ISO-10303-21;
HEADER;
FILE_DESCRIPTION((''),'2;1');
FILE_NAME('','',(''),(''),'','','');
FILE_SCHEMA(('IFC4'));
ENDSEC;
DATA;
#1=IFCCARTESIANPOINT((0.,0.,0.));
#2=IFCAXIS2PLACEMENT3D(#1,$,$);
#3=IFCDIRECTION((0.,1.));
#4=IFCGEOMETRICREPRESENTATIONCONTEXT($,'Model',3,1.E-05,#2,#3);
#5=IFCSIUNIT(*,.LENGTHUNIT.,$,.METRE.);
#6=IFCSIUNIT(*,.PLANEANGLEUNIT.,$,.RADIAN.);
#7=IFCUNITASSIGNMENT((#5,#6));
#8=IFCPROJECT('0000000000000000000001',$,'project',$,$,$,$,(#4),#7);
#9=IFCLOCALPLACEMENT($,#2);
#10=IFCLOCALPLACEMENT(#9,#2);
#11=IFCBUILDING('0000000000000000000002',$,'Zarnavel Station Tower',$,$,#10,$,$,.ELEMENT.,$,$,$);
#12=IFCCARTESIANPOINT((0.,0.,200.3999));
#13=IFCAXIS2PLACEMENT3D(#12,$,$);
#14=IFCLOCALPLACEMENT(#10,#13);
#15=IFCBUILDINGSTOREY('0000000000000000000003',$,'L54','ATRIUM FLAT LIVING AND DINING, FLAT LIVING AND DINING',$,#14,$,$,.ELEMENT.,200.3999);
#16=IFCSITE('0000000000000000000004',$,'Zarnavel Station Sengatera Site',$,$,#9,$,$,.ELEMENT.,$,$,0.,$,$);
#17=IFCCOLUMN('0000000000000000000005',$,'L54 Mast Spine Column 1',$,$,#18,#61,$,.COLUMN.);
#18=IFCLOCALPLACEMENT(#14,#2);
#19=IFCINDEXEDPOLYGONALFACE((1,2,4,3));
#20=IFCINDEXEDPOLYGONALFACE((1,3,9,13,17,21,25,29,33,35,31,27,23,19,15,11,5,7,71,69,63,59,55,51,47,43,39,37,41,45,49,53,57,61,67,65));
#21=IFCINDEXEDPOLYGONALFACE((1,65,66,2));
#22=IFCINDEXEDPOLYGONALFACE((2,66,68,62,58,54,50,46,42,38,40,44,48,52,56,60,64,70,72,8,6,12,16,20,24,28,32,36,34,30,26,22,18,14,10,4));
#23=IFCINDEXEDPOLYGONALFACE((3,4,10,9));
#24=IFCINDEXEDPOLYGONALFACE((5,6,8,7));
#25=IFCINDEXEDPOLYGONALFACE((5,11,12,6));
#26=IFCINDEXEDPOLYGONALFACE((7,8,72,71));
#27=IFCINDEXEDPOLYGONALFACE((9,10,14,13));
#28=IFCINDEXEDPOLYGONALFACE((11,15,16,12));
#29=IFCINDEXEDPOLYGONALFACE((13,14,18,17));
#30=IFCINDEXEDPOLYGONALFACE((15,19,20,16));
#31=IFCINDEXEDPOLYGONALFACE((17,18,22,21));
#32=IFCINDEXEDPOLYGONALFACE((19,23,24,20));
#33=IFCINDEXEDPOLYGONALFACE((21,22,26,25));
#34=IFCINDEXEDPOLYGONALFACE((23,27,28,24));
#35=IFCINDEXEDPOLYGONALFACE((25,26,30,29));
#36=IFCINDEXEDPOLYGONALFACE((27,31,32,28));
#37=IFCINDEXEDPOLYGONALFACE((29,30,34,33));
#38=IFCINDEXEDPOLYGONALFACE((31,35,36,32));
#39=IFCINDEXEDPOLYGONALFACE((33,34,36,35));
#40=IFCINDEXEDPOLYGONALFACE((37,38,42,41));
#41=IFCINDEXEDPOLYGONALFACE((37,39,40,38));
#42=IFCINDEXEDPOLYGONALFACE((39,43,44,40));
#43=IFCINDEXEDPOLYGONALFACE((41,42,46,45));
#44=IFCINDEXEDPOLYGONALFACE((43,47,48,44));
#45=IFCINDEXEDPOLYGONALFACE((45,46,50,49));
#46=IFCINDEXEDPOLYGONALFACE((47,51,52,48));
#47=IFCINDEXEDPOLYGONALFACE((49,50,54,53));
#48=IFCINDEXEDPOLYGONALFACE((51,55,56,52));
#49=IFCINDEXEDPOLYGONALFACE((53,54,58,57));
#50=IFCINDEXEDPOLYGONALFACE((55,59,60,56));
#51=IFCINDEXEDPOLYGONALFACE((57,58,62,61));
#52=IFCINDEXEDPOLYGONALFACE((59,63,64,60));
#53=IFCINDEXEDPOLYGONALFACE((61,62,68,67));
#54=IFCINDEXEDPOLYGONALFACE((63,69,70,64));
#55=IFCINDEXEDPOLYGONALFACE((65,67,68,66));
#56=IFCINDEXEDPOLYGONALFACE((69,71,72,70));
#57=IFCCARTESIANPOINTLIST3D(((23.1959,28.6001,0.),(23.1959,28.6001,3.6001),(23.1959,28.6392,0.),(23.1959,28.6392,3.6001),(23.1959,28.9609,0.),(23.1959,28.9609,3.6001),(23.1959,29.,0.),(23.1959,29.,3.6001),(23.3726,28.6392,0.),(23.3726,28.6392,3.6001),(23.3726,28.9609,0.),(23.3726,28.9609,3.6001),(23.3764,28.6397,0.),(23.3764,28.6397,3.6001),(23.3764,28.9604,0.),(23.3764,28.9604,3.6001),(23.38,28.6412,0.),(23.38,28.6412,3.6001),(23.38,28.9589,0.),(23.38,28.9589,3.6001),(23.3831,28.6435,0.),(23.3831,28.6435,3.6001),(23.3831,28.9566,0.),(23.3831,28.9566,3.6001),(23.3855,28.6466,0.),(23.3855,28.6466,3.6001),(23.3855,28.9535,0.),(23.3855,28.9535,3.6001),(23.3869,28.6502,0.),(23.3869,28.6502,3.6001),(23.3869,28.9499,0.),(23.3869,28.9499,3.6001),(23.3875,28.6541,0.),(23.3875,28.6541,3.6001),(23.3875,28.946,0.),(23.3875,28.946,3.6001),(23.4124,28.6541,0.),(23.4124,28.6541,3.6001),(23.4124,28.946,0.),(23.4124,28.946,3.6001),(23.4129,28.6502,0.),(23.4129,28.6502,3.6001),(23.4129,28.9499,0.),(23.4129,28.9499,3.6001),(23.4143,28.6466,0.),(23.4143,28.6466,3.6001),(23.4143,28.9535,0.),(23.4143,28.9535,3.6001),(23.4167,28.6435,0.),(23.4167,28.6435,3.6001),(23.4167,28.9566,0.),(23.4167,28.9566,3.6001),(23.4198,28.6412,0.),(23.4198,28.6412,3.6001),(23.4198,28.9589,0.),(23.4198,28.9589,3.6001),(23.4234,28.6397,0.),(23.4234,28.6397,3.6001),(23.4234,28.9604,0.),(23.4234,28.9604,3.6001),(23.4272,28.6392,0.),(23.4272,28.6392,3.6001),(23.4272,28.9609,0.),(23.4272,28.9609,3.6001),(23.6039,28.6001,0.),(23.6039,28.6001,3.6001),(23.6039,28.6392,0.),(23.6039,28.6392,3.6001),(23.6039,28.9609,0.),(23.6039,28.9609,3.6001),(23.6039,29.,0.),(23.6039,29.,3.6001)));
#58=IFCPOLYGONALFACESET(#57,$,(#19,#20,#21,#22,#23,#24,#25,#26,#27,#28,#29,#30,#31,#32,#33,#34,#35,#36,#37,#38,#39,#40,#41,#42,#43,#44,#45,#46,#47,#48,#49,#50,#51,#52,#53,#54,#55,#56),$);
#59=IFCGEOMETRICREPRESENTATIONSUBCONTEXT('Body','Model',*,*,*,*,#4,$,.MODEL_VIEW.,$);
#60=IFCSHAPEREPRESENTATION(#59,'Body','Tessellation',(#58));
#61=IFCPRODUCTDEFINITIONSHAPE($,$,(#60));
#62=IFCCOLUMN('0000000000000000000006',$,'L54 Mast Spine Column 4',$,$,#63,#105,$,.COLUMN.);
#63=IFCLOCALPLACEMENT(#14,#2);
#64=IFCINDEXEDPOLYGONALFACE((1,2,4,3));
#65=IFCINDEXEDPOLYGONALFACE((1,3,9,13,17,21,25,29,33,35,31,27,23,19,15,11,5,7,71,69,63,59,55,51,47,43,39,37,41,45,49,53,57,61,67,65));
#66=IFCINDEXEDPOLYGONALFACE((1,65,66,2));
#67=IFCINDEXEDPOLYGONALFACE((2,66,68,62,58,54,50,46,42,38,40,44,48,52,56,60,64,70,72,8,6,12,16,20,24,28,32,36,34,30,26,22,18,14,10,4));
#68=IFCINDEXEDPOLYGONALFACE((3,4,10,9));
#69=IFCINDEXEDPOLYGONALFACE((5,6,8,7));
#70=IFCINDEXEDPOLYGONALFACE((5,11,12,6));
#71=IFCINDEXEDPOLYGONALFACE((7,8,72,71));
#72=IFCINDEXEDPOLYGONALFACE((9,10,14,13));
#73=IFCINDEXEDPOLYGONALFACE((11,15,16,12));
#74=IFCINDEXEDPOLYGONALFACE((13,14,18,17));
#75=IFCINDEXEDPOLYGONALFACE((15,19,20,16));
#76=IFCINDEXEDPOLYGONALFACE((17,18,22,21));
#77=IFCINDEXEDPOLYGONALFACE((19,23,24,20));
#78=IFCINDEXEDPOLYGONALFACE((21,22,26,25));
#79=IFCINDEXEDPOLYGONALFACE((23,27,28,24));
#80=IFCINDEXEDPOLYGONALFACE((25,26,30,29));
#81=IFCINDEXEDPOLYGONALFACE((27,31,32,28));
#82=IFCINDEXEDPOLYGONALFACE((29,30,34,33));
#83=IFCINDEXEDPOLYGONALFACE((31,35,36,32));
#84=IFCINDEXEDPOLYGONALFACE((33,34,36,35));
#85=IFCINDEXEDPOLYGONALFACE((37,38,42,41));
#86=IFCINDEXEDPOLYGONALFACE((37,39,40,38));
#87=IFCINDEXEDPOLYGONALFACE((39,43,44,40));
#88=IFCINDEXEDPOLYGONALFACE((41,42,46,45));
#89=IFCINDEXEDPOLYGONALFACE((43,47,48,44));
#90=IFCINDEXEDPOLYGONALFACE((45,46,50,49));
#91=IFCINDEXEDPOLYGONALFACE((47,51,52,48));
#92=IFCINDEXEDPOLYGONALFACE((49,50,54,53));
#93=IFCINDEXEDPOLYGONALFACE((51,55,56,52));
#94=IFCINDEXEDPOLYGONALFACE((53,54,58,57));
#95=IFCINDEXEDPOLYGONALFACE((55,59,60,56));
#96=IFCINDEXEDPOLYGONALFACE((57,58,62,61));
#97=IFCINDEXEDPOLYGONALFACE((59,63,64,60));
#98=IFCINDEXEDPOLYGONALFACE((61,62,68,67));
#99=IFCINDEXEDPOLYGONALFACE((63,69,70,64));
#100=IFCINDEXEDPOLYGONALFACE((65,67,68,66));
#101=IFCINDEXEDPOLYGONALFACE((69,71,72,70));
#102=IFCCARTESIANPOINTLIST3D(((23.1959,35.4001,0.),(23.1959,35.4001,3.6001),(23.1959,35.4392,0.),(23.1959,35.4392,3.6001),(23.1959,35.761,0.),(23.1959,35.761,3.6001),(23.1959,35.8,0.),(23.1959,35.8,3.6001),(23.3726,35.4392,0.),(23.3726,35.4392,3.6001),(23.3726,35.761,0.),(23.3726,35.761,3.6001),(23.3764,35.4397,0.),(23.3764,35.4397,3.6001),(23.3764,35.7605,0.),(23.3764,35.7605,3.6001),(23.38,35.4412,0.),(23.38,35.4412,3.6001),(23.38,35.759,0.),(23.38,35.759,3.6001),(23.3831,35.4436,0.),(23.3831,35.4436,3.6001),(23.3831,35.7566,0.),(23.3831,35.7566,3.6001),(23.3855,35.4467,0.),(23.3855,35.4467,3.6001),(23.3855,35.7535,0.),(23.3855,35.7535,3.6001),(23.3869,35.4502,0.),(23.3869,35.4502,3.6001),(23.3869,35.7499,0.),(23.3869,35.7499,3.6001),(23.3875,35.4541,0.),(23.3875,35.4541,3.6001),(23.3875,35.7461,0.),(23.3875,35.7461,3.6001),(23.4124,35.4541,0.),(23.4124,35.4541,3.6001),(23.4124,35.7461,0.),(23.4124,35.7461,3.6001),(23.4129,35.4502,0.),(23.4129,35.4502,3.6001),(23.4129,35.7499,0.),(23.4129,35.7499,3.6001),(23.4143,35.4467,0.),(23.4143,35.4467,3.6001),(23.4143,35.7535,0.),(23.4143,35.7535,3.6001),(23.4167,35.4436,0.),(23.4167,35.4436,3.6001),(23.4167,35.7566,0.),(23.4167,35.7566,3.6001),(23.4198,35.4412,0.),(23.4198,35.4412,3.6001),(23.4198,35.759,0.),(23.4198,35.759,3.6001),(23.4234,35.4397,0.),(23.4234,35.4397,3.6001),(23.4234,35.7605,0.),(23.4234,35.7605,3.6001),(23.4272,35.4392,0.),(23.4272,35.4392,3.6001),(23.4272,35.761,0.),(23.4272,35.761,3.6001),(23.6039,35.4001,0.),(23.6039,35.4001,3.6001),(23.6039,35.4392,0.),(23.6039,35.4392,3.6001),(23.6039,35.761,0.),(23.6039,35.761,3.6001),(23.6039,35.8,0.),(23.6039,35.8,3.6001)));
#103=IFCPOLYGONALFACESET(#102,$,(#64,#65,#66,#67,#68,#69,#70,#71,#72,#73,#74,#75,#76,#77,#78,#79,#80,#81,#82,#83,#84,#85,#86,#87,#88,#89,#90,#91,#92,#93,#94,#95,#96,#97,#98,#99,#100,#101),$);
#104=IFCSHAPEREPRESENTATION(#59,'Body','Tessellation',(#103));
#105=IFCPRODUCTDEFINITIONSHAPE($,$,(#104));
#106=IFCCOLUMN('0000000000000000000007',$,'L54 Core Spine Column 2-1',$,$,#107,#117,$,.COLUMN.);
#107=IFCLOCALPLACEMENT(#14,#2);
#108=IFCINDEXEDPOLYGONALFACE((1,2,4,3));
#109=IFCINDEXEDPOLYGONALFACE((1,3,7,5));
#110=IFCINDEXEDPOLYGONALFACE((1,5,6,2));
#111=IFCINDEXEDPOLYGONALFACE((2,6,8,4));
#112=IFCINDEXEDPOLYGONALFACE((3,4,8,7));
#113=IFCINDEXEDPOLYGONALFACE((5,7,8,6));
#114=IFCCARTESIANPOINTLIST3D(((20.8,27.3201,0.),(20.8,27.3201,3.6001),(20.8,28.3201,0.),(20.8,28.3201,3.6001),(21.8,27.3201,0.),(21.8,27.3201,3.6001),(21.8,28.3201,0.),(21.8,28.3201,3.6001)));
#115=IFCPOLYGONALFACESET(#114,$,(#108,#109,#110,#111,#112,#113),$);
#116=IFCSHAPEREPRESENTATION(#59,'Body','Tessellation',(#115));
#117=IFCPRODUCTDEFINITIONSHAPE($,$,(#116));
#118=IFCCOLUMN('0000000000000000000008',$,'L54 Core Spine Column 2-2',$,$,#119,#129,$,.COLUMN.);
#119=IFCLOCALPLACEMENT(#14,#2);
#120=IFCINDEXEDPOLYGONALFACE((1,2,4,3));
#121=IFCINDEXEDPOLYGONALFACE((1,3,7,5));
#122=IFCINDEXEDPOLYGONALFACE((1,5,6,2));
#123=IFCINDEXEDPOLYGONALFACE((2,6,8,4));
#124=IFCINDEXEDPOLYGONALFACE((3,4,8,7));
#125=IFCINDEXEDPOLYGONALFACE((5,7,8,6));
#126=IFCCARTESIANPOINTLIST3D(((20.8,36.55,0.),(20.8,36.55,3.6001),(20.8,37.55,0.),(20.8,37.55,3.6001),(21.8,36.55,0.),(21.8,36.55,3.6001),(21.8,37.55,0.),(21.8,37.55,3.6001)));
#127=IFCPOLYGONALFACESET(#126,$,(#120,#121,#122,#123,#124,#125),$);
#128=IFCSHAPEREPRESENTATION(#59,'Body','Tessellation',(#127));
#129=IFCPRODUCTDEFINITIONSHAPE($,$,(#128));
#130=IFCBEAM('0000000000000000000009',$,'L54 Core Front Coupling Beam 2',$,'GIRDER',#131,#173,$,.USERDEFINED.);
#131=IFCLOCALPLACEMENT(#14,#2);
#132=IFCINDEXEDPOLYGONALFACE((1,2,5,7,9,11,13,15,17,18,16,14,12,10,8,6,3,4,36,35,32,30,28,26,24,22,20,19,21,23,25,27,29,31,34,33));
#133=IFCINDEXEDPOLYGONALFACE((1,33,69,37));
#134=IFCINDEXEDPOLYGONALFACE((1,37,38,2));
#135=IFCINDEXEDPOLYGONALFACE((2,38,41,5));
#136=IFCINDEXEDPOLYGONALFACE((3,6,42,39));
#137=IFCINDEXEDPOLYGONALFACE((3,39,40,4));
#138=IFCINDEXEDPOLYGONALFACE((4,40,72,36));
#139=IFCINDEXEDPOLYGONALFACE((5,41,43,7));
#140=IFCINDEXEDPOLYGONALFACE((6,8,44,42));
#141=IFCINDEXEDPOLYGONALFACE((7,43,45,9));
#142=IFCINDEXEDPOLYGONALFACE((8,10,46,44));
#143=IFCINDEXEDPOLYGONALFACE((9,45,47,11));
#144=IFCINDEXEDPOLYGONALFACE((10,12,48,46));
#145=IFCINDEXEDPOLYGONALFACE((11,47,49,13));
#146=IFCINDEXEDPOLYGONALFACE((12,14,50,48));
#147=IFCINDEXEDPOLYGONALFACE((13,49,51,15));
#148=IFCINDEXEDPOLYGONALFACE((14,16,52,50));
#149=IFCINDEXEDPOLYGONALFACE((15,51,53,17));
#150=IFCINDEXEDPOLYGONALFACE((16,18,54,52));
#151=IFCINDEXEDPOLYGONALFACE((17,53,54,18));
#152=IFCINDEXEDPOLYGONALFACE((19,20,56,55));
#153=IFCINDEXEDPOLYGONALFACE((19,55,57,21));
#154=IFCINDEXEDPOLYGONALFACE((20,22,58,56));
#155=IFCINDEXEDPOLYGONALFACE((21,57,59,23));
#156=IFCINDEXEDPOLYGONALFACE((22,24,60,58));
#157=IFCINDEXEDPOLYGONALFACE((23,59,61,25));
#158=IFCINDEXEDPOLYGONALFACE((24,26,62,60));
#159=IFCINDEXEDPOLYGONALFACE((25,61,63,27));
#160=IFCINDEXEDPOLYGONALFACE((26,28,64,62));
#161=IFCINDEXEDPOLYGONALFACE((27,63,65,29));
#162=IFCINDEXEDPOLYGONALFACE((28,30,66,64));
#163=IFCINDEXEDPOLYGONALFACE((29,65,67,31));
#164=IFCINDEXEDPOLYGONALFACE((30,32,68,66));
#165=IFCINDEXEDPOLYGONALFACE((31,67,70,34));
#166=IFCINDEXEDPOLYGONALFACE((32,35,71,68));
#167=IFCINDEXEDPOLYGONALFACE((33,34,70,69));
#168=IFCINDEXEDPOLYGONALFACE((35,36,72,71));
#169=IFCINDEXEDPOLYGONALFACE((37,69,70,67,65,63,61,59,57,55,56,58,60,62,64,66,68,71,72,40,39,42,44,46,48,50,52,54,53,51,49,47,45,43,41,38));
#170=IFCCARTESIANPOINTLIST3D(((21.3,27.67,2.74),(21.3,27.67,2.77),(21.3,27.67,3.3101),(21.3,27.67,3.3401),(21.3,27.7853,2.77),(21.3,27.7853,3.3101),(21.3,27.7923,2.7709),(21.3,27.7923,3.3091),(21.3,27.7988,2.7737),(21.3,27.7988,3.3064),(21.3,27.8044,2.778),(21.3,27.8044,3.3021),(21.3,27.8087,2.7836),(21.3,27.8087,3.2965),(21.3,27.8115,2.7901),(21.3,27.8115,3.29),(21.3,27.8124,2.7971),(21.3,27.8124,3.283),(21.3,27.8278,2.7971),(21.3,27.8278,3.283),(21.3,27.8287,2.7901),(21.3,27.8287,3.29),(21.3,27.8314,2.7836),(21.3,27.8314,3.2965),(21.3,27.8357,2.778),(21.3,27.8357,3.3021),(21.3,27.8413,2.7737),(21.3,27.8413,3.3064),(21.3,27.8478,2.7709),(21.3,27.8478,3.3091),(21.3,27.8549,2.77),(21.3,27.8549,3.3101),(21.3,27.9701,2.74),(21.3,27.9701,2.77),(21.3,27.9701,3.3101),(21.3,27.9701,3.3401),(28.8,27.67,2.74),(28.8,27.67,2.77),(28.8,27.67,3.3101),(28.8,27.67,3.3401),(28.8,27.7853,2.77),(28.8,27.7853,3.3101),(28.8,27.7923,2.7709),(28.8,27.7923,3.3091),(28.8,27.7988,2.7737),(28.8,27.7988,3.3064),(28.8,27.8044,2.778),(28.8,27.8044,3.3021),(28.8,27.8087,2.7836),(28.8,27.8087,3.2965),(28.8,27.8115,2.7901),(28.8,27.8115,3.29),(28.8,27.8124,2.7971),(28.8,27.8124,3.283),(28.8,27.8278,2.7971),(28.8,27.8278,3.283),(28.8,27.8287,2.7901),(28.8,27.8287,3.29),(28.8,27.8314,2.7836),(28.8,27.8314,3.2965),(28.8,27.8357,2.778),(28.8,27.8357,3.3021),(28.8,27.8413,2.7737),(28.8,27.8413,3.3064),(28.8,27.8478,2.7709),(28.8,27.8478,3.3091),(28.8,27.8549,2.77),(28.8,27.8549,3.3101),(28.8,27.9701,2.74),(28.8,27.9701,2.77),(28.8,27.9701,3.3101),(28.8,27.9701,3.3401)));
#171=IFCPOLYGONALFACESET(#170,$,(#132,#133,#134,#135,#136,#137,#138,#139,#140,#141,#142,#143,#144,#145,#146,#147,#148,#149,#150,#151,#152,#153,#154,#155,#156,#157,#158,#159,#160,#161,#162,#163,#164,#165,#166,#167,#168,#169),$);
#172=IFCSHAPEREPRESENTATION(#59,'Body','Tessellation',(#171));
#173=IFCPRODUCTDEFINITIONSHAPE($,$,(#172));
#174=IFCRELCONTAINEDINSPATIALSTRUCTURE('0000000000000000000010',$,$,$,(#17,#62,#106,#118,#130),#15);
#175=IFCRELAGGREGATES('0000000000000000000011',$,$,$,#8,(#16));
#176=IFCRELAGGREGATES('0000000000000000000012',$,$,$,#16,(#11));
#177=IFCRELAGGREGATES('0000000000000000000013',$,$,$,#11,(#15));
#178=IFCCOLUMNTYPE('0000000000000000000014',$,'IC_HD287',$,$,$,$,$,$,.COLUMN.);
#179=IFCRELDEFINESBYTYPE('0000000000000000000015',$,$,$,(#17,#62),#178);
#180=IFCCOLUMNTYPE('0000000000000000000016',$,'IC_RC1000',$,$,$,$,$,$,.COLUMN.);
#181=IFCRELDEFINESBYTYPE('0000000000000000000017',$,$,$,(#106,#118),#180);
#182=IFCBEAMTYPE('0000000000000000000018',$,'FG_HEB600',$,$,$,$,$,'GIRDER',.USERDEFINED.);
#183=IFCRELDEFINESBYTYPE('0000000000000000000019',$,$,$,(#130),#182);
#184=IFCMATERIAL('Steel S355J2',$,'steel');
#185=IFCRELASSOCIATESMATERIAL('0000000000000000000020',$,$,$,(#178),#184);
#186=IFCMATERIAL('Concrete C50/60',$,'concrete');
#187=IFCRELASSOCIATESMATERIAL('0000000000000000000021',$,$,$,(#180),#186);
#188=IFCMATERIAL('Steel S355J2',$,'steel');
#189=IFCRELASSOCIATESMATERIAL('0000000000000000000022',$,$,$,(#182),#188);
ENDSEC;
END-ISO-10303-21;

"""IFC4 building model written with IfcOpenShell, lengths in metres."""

from ifc_helpers import new_model, si_unit, direction, frame, origin, origin_2d, place, context, subcontext, project, spatial, rectangle, i_section, extrude, material, material_profile, profile_set, type_object, element, save


model = new_model("IFC4")

# Units and contexts
model_context = context("Model", 3, precision=1e-05, world=origin(), true_north=direction((0.0, 1.0)))
body_context = subcontext(model_context, "Body", "Model", "MODEL_VIEW")
ifc_project = project(units=[si_unit("LENGTHUNIT", "METRE"), si_unit("PLANEANGLEUNIT", "RADIAN")], contexts=[model_context])

# Site, building, storey
site_placement = place(None, origin())
site = spatial("IfcSite", under=ifc_project, at=site_placement, Name="Zarnavel Station Sengatera Site", CompositionType="ELEMENT", RefElevation=0.0)
building_placement = place(site_placement, origin())
building = spatial("IfcBuilding", under=site, at=building_placement, Name="Zarnavel Station Tower", CompositionType="ELEMENT")
storey_placement = place(building_placement, frame((0.0, 0.0, 200.3999)))
storey = spatial("IfcBuildingStorey", under=building, at=storey_placement, Name="L54", Description="ATRIUM FLAT LIVING AND DINING, FLAT LIVING AND DINING", CompositionType="ELEMENT", Elevation=200.3999)

# Columns
ifc_material_1 = material(Name="Steel S355J2", Category="steel")
ifc_material_profile_1 = material_profile(ifc_material_1, i_section(OverallWidth=0.408, OverallDepth=0.3999, WebThickness=0.0249, FlangeThickness=0.0391, FilletRadius=0.0149, at=origin_2d()), Name="HD400x287")
ifc_profile_set_1 = profile_set([ifc_material_profile_1], Name="Steel S355J2")
column_type_1 = type_object("IfcColumnType", Name="IC_HD287", PredefinedType="COLUMN", material=ifc_profile_set_1)
for number, where, z_axis, x_axis, name in (
    (1, (23.3999, 28.8, 0.0), (0.0, 0.0, 1.0), (1.0, 0.0, 0.0), "L54 Mast Spine Column 1"),
    (2, (23.3999, 35.6001, 0.0), (0.0, 0.0, 1.0), (1.0, 0.0, 0.0), "L54 Mast Spine Column 4"),
):
    element("IfcColumn", number, at=place(storey_placement, frame(where, z_axis=z_axis, x_axis=x_axis)), inside=storey, type_object=column_type_1, Name=name, PredefinedType="COLUMN", context=body_context, shape_type="SweptSolid", body=[
        extrude(i_section(OverallWidth=0.408, OverallDepth=0.3999, WebThickness=0.0249, FlangeThickness=0.0391, FilletRadius=0.0149, at=origin_2d()), origin(), (0.0, 0.0, 1.0), 3.6001),
    ])
ifc_material_2 = material(Name="Concrete C50/60", Category="concrete")
ifc_material_profile_2 = material_profile(ifc_material_2, rectangle(XDim=1.0, YDim=1.0, at=origin_2d()), Name="RC1000x1000")
ifc_profile_set_2 = profile_set([ifc_material_profile_2], Name="Concrete C50/60")
column_type_2 = type_object("IfcColumnType", Name="IC_RC1000", PredefinedType="COLUMN", material=ifc_profile_set_2)
for number, where, z_axis, x_axis, name in (
    (3, (21.3, 27.8201, 0.0), (0.0, 0.0, 1.0), (1.0, 0.0, 0.0), "L54 Core Spine Column 2-1"),
    (4, (21.3, 37.05, 0.0), (0.0, 0.0, 1.0), (1.0, 0.0, 0.0), "L54 Core Spine Column 2-2"),
):
    element("IfcColumn", number, at=place(storey_placement, frame(where, z_axis=z_axis, x_axis=x_axis)), inside=storey, type_object=column_type_2, Name=name, PredefinedType="COLUMN", context=body_context, shape_type="SweptSolid", body=[
        extrude(rectangle(XDim=1.0, YDim=1.0, at=origin_2d()), origin(), (0.0, 0.0, 1.0), 3.6001),
    ])

# Beam
ifc_material_3 = material(Name="Steel S355J2", Category="steel")
ifc_material_profile_3 = material_profile(ifc_material_3, i_section(OverallWidth=0.3, OverallDepth=0.6001, WebThickness=0.0154, FlangeThickness=0.03, FilletRadius=0.0271, at=origin_2d()), Name="HEB600")
ifc_profile_set_3 = profile_set([ifc_material_profile_3], Name="Steel S355J2")
beam_type_1 = type_object("IfcBeamType", Name="FG_HEB600", ElementType="GIRDER", PredefinedType="USERDEFINED", material=ifc_profile_set_3)
beam_1_placement = place(storey_placement, frame((21.3, 27.8201, 3.04), z_axis=(1.0, 0.0, 0.0), x_axis=(0.0, 1.0, 0.0)))
element("IfcBeam", 5, at=beam_1_placement, inside=storey, type_object=beam_type_1, Name="L54 Core Front Coupling Beam 2", ObjectType="GIRDER", PredefinedType="USERDEFINED", context=body_context, shape_type="SweptSolid", body=[
    extrude(i_section(OverallWidth=0.3, OverallDepth=0.6001, WebThickness=0.0154, FlangeThickness=0.03, FilletRadius=0.0271, at=origin_2d()), origin(), (0.0, 0.0, 1.0), 7.5),
])

save(model, "model.ifc")
